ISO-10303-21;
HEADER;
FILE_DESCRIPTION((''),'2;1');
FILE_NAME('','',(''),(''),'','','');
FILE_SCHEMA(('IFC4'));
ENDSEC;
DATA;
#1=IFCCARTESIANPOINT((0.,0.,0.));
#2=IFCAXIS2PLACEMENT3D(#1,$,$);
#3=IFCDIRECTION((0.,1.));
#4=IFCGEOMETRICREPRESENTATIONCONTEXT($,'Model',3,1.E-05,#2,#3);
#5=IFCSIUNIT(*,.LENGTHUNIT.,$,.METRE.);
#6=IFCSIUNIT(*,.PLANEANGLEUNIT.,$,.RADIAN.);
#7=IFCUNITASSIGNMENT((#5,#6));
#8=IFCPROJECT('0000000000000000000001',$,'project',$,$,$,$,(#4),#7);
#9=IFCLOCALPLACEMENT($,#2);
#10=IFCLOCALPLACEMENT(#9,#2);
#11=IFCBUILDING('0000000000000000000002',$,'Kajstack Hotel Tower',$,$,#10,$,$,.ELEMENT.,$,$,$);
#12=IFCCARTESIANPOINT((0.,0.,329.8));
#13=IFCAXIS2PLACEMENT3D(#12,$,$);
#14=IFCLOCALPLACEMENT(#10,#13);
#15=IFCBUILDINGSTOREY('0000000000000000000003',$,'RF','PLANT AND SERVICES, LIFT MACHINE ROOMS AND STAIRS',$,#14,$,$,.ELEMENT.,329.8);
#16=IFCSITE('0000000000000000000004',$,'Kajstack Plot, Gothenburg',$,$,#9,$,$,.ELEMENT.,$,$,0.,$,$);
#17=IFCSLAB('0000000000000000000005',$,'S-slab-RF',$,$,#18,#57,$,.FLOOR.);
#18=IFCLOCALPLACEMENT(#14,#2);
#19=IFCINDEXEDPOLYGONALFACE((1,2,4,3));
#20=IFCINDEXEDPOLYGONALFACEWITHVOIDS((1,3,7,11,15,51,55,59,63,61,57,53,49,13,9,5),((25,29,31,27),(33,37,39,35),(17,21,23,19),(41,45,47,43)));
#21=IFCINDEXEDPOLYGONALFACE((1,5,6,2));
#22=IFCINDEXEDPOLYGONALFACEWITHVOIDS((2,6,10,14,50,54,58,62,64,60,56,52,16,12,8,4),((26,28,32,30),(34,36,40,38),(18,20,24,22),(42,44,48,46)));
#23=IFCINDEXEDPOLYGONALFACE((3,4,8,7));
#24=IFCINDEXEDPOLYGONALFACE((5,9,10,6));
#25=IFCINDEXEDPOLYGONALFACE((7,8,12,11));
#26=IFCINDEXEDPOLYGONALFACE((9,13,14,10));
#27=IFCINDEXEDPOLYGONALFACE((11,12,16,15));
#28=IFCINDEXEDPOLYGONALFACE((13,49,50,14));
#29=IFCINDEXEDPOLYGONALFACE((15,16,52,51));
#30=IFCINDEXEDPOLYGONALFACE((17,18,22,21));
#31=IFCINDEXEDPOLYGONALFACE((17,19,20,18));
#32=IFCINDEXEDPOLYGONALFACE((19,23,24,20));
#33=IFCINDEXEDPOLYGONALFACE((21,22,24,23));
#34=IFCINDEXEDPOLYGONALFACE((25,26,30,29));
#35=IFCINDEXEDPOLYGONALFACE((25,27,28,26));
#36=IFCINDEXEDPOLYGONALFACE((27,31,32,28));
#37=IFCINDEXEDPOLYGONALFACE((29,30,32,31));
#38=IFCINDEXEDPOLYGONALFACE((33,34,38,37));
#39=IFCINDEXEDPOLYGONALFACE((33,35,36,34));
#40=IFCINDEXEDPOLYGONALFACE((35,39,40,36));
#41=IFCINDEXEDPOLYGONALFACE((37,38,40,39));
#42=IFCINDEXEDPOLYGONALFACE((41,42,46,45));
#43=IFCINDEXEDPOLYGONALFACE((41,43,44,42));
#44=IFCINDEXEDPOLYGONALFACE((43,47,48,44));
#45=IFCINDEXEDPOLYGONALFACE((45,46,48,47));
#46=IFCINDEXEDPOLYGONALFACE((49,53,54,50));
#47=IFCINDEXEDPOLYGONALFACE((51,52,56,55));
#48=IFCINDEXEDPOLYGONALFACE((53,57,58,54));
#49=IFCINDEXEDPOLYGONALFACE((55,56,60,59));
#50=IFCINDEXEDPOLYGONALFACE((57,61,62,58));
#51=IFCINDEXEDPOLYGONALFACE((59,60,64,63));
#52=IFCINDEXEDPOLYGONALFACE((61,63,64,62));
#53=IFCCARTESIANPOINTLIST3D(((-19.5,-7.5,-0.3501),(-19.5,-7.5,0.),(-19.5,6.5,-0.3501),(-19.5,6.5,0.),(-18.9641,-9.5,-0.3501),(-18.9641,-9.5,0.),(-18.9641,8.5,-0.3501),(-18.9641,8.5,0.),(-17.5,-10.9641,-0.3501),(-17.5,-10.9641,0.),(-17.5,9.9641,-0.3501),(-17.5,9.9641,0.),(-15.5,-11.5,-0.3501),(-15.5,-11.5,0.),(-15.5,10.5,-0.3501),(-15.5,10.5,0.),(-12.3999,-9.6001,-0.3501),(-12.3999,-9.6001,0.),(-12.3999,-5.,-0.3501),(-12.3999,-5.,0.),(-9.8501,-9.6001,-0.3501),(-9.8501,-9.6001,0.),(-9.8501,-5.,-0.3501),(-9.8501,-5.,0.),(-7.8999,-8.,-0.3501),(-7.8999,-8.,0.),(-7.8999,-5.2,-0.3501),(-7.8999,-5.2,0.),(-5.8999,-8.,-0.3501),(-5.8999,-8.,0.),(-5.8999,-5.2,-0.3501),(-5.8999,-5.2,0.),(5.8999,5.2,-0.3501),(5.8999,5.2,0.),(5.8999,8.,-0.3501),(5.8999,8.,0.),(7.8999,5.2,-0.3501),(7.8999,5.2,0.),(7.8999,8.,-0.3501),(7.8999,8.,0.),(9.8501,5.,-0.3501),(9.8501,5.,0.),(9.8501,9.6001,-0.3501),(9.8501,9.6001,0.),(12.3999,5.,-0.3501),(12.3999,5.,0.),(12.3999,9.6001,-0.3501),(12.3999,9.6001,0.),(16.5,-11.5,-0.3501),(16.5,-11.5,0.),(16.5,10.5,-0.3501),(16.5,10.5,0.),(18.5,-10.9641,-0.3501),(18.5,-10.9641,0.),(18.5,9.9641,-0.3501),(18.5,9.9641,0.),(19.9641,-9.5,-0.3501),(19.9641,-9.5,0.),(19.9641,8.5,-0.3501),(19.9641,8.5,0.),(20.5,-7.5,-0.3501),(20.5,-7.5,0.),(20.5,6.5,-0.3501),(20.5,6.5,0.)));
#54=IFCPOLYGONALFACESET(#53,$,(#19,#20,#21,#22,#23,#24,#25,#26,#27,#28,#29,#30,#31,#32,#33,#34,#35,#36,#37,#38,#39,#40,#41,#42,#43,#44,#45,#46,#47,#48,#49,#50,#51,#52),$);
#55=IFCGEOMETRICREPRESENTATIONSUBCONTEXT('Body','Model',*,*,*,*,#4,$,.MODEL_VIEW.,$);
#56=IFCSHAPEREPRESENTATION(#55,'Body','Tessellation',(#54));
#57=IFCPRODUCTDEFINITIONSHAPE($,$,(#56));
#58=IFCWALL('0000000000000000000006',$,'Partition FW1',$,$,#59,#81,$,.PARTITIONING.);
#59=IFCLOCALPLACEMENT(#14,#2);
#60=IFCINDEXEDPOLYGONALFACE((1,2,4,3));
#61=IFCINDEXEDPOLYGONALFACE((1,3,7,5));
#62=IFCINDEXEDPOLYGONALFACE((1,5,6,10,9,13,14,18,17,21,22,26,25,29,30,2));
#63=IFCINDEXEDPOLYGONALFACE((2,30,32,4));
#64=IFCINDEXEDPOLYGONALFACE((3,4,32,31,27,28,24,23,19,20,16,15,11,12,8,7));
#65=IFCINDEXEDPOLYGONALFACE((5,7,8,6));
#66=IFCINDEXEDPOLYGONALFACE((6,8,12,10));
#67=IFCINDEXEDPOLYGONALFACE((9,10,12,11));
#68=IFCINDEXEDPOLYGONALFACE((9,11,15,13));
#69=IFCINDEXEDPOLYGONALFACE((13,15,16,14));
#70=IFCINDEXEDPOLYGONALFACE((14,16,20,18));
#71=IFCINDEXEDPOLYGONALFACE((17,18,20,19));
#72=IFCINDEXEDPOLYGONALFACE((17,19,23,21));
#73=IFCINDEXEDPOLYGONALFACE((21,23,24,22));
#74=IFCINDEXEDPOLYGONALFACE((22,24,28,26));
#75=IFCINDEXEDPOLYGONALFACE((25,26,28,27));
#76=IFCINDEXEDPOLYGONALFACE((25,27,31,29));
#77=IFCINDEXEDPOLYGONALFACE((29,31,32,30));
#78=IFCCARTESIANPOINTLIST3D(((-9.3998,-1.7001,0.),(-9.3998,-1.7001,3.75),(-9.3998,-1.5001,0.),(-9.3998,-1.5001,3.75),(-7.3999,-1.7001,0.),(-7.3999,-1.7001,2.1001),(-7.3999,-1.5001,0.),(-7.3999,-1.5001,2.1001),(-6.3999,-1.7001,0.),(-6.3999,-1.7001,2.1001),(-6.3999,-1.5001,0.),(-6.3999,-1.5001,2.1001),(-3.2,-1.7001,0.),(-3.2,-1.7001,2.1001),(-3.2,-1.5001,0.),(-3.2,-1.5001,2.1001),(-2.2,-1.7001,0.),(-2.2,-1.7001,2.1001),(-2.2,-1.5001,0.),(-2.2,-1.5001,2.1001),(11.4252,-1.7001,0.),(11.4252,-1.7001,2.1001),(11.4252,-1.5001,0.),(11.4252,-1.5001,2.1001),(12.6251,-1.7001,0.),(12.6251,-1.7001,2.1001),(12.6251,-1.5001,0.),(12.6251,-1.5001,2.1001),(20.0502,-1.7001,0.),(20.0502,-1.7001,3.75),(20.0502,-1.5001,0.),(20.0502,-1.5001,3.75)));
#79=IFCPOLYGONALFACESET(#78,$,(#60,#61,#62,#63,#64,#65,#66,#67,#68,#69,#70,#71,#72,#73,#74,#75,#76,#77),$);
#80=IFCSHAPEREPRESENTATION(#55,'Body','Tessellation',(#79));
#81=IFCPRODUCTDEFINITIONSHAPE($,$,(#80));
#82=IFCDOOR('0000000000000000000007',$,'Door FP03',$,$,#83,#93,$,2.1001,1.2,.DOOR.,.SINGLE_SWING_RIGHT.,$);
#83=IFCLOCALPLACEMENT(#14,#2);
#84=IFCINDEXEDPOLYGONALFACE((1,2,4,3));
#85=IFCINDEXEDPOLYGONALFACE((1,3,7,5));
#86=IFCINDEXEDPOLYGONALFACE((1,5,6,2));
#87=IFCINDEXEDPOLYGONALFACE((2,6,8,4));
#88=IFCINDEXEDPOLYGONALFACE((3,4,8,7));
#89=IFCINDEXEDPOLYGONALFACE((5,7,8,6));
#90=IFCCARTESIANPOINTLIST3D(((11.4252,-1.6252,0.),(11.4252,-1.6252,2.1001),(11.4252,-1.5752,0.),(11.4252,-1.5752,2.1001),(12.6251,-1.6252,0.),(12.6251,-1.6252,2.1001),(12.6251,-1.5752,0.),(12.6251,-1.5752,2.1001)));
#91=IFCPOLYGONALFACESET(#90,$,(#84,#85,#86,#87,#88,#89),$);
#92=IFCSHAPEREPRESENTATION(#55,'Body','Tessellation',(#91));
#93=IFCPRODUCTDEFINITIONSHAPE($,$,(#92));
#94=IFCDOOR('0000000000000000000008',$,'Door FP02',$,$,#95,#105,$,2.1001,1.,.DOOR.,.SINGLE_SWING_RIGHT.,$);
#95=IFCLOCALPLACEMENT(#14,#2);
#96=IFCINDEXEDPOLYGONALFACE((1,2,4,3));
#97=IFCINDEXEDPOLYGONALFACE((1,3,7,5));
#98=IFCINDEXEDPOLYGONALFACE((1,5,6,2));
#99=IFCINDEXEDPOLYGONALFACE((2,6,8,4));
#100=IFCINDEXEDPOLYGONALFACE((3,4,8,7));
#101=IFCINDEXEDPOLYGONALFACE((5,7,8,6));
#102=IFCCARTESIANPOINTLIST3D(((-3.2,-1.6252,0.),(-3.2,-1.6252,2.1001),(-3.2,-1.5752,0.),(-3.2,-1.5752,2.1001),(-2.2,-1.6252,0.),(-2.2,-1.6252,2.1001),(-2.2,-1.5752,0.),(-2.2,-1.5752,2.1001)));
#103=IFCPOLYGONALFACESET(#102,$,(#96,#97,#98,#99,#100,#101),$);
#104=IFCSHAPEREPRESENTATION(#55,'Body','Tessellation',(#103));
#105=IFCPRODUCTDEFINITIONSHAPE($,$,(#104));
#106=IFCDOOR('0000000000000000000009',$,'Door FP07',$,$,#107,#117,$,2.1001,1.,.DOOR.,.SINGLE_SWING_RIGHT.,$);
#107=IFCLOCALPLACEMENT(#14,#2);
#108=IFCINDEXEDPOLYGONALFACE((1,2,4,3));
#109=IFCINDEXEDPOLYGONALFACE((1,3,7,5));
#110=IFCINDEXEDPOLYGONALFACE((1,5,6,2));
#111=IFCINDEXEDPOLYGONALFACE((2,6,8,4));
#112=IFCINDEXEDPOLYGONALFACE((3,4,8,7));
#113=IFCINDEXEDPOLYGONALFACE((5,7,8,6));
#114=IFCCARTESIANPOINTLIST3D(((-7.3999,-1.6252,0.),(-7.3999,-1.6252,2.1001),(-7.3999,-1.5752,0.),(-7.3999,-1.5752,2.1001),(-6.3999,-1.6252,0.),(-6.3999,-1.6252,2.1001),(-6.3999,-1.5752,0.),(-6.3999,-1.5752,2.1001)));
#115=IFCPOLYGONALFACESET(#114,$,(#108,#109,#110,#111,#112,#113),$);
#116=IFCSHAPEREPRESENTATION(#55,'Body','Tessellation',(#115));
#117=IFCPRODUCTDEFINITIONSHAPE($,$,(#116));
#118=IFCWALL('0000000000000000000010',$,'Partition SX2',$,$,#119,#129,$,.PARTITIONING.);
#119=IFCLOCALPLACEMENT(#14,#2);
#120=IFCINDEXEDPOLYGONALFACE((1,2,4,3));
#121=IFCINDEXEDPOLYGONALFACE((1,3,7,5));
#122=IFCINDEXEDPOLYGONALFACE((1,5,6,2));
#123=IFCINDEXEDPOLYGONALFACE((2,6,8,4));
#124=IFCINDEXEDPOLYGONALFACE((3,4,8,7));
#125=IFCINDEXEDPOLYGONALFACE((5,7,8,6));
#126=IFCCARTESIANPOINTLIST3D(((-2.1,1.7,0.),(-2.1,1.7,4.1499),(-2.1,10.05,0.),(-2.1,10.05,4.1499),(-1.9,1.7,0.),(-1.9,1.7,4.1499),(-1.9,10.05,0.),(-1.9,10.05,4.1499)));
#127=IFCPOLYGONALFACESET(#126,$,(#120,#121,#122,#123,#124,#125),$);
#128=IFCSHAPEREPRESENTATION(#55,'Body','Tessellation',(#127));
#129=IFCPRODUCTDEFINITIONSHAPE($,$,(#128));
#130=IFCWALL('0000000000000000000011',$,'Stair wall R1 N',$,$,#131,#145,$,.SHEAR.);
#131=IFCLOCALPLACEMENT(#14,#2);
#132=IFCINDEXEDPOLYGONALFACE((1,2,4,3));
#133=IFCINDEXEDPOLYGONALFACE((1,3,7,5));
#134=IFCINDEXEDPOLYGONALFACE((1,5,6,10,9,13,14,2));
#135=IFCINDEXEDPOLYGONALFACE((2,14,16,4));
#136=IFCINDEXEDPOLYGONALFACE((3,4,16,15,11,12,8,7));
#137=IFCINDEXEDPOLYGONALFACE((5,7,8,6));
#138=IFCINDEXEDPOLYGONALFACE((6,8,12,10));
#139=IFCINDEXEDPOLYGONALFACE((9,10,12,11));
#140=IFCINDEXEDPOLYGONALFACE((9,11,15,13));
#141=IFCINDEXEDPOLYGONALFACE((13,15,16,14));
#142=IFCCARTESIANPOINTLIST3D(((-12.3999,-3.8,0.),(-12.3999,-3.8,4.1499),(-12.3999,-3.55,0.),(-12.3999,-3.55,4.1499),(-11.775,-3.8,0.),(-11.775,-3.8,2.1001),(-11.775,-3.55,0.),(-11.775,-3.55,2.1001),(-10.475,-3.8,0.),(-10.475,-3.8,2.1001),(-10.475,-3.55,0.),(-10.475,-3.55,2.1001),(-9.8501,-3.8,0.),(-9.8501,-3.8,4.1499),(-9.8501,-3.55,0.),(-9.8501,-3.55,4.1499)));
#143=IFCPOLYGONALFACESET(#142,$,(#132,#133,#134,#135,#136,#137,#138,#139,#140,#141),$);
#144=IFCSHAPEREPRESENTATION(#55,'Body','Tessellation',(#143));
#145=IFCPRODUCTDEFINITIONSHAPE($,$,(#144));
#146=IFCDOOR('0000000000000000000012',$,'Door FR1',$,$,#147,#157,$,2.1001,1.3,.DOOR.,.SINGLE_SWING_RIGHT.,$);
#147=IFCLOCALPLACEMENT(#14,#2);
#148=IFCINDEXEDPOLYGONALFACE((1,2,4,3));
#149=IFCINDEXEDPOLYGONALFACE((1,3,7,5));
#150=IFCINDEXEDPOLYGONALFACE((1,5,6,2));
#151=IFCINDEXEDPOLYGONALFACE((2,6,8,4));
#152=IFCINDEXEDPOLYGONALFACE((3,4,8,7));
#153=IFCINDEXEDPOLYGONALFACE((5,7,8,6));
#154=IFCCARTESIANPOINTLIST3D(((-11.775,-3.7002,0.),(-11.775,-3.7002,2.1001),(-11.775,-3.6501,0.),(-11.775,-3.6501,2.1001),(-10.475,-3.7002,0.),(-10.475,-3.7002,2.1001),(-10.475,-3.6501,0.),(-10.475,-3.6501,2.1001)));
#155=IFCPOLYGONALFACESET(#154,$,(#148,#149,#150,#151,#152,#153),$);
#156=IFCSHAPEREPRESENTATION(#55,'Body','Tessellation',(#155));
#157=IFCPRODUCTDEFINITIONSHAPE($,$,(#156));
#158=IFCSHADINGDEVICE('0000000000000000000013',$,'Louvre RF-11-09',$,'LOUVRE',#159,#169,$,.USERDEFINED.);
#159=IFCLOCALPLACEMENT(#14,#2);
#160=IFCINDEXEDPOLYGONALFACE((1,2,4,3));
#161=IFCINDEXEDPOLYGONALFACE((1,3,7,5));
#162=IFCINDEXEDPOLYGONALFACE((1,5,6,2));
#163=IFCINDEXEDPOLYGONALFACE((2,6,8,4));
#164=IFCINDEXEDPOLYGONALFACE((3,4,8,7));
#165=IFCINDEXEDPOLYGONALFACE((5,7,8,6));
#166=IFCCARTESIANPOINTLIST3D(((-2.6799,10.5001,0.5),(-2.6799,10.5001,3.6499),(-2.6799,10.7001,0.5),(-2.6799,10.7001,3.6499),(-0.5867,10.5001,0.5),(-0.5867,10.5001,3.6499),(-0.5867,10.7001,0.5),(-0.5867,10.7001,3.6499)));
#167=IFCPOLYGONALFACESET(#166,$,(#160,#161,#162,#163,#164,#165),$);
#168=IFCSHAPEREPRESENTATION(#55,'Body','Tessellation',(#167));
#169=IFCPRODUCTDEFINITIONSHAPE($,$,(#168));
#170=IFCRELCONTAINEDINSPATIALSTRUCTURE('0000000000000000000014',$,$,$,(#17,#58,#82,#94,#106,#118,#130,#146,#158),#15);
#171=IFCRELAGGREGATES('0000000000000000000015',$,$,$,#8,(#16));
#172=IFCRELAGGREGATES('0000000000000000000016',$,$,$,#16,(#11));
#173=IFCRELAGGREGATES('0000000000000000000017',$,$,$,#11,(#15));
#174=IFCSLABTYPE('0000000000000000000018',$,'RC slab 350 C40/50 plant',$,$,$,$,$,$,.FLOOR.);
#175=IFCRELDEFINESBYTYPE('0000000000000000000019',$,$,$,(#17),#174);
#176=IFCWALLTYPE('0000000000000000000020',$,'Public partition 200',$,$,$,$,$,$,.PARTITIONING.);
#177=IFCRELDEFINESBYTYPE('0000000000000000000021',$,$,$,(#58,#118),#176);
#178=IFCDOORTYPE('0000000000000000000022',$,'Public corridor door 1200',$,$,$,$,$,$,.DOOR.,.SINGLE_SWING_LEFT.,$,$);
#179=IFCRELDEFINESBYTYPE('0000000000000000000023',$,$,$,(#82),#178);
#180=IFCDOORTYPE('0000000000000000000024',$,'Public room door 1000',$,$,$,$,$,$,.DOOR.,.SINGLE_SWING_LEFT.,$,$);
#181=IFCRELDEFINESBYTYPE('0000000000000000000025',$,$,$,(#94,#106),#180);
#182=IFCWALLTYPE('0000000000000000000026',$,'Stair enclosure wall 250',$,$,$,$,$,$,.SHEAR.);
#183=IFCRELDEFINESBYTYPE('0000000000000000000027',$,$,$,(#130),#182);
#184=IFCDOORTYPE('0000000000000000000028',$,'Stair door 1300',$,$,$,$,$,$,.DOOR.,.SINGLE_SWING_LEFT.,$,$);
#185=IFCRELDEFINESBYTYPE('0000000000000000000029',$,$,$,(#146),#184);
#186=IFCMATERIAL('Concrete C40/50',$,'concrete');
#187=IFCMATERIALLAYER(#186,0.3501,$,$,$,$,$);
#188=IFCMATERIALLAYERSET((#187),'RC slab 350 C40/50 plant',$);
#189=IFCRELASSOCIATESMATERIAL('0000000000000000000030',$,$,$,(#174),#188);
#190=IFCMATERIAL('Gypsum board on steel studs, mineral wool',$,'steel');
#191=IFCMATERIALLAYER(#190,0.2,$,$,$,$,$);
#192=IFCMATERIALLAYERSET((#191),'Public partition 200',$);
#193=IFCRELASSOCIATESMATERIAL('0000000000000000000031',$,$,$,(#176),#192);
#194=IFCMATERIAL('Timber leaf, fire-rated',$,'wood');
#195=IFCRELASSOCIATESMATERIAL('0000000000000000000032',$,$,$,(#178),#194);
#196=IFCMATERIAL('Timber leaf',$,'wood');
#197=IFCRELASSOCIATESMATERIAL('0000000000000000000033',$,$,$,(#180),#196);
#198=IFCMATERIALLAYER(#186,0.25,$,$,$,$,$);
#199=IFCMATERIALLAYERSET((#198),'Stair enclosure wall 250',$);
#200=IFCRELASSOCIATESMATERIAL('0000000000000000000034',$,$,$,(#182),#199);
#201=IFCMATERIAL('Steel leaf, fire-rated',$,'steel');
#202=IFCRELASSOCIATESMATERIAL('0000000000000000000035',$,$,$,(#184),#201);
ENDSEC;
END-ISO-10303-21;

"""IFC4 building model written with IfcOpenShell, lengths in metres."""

from ifc_helpers import new_model, si_unit, direction, frame, frame_2d, origin, origin_2d, place, context, subcontext, project, spatial, polyline, rectangle, outline, extrude, material, layer, layer_set, type_object, element, fill, save


model = new_model("IFC4")

# Units and contexts
model_context = context("Model", 3, precision=1e-05, world=origin(), true_north=direction((0.0, 1.0)))
body_context = subcontext(model_context, "Body", "Model", "MODEL_VIEW")
ifc_project = project(units=[si_unit("LENGTHUNIT", "METRE"), si_unit("PLANEANGLEUNIT", "RADIAN")], contexts=[model_context])

# Site, building, storey
site_placement = place(None, origin())
site = spatial("IfcSite", under=ifc_project, at=site_placement, Name="Kajstack Plot, Gothenburg", CompositionType="ELEMENT", RefElevation=0.0)
building_placement = place(site_placement, origin())
building = spatial("IfcBuilding", under=site, at=building_placement, Name="Kajstack Hotel Tower", CompositionType="ELEMENT")
storey_placement = place(building_placement, frame((0.0, 0.0, 329.8)))
storey = spatial("IfcBuildingStorey", under=building, at=storey_placement, Name="RF", Description="PLANT AND SERVICES, LIFT MACHINE ROOMS AND STAIRS", CompositionType="ELEMENT", Elevation=329.8)

# Slab
ifc_material_1 = material(Name="Concrete C40/50", Category="concrete")
ifc_layer_1 = layer(ifc_material_1, 0.3501)
ifc_layer_set_1 = layer_set([ifc_layer_1], Name="RC slab 350 C40/50 plant")
slab_type = type_object("IfcSlabType", Name="RC slab 350 C40/50 plant", PredefinedType="FLOOR", material=ifc_layer_set_1)
slab_placement = place(storey_placement, frame((0.0, 0.0, -0.3501)))
element("IfcSlab", 1, at=slab_placement, inside=storey, type_object=slab_type, Name="S-slab-RF", PredefinedType="FLOOR", context=body_context, shape_type="SweptSolid", body=[
    extrude(outline(polyline([(-19.5, -7.5), (-18.9641, -9.5), (-17.5, -10.9641), (-15.5, -11.5), (16.5, -11.5), (18.5, -10.9641), (19.9641, -9.5), (20.5, -7.5), (20.5, 6.5), (19.9641, 8.5), (18.5, 9.9641), (16.5, 10.5), (-15.5, 10.5), (-17.5, 9.9641), (-18.9641, 8.5), (-19.5, 6.5), (-19.5, -7.5)]), holes=[polyline([(-7.8999, -8.0), (-5.8999, -8.0), (-5.8999, -5.2), (-7.8999, -5.2), (-7.8999, -8.0)]), polyline([(7.8999, 8.0), (5.8999, 8.0), (5.8999, 5.2), (7.8999, 5.2), (7.8999, 8.0)]), polyline([(-12.3999, -9.6001), (-9.8501, -9.6001), (-9.8501, -5.0), (-12.3999, -5.0), (-12.3999, -9.6001)]), polyline([(9.8501, 5.0), (12.3999, 5.0), (12.3999, 9.6001), (9.8501, 9.6001), (9.8501, 5.0)])]), origin(), (0.0, 0.0, 1.0), 0.3501),
])

# Wall, openings, doors
ifc_material_2 = material(Name="Gypsum board on steel studs, mineral wool", Category="steel")
ifc_layer_2 = layer(ifc_material_2, 0.2)
ifc_layer_set_2 = layer_set([ifc_layer_2], Name="Public partition 200")
wall_type_1 = type_object("IfcWallType", Name="Public partition 200", PredefinedType="PARTITIONING", material=ifc_layer_set_2)
wall_1_placement = place(storey_placement, frame((-9.3999, -1.6001, 0.0), z_axis=(0.0, 0.0, 1.0), x_axis=(1.0, 0.0, 0.0)))
wall_1 = element("IfcWall", 2, at=wall_1_placement, inside=storey, type_object=wall_type_1, Name="Partition FW1", PredefinedType="PARTITIONING", context=body_context, shape_type="SweptSolid", body=[
    extrude(rectangle(XDim=29.45, YDim=0.2, at=frame_2d((14.7251, 0.0))), origin(), (0.0, 0.0, 1.0), 3.75),
])
opening_1_placement = place(wall_1_placement, frame((6.2, 0.0, 0.0)))
opening_1 = element("IfcOpeningElement", 3, at=opening_1_placement, cuts=wall_1, PredefinedType="OPENING", context=body_context, shape_type="SweptSolid", body=[
    extrude(rectangle(XDim=1.0, YDim=2.1001, at=frame_2d((0.5, 1.05))), frame((0.0, 0.1099, 0.0), z_axis=(0.0, -1.0, 0.0), x_axis=(1.0, 0.0, 0.0)), (0.0, 0.0, 1.0), 0.22),
])
opening_2_placement = place(wall_1_placement, frame((20.825, 0.0, 0.0)))
opening_2 = element("IfcOpeningElement", 4, at=opening_2_placement, cuts=wall_1, PredefinedType="OPENING", context=body_context, shape_type="SweptSolid", body=[
    extrude(rectangle(XDim=1.2, YDim=2.1001, at=frame_2d((0.6001, 1.05))), frame((0.0, 0.1099, 0.0), z_axis=(0.0, -1.0, 0.0), x_axis=(1.0, 0.0, 0.0)), (0.0, 0.0, 1.0), 0.22),
])
opening_3_placement = place(wall_1_placement, frame((2.0, 0.0, 0.0)))
opening_3 = element("IfcOpeningElement", 5, at=opening_3_placement, cuts=wall_1, PredefinedType="OPENING", context=body_context, shape_type="SweptSolid", body=[
    extrude(rectangle(XDim=1.0, YDim=2.1001, at=frame_2d((0.5, 1.05))), frame((0.0, 0.1099, 0.0), z_axis=(0.0, -1.0, 0.0), x_axis=(1.0, 0.0, 0.0)), (0.0, 0.0, 1.0), 0.22),
])
ifc_material_3 = material(Name="Timber leaf, fire-rated", Category="wood")
door_type_1 = type_object("IfcDoorType", Name="Public corridor door 1200", OperationType="SINGLE_SWING_LEFT", PredefinedType="DOOR", material=ifc_material_3)
door_1_placement = place(opening_2_placement, origin())
door_1 = element("IfcDoor", 6, at=door_1_placement, inside=storey, type_object=door_type_1, Name="Door FP03", OperationType="SINGLE_SWING_RIGHT", OverallHeight=2.1001, OverallWidth=1.2, PredefinedType="DOOR", context=body_context, shape_type="SweptSolid", body=[
    extrude(rectangle(XDim=1.2, YDim=2.1001, at=frame_2d((0.6001, 1.05))), frame((0.0, 0.0249, 0.0), z_axis=(0.0, -1.0, 0.0), x_axis=(1.0, 0.0, 0.0)), (0.0, 0.0, 1.0), 0.05),
])
fill(opening_2, door_1)
ifc_material_4 = material(Name="Timber leaf", Category="wood")
door_type_2 = type_object("IfcDoorType", Name="Public room door 1000", OperationType="SINGLE_SWING_LEFT", PredefinedType="DOOR", material=ifc_material_4)
door_2_placement = place(opening_1_placement, origin())
door_2 = element("IfcDoor", 7, at=door_2_placement, inside=storey, type_object=door_type_2, Name="Door FP02", OperationType="SINGLE_SWING_RIGHT", OverallHeight=2.1001, OverallWidth=1.0, PredefinedType="DOOR", context=body_context, shape_type="SweptSolid", body=[
    extrude(rectangle(XDim=1.0, YDim=2.1001, at=frame_2d((0.5, 1.05))), frame((0.0, 0.0249, 0.0), z_axis=(0.0, -1.0, 0.0), x_axis=(1.0, 0.0, 0.0)), (0.0, 0.0, 1.0), 0.05),
])
fill(opening_1, door_2)
door_3_placement = place(opening_3_placement, origin())
door_3 = element("IfcDoor", 8, at=door_3_placement, inside=storey, type_object=door_type_2, Name="Door FP07", OperationType="SINGLE_SWING_RIGHT", OverallHeight=2.1001, OverallWidth=1.0, PredefinedType="DOOR", context=body_context, shape_type="SweptSolid", body=[
    extrude(rectangle(XDim=1.0, YDim=2.1001, at=frame_2d((0.5, 1.05))), frame((0.0, 0.0249, 0.0), z_axis=(0.0, -1.0, 0.0), x_axis=(1.0, 0.0, 0.0)), (0.0, 0.0, 1.0), 0.05),
])
fill(opening_3, door_3)

# Wall
wall_2_placement = place(storey_placement, frame((-2.0, 1.7, 0.0), z_axis=(0.0, 0.0, 1.0), x_axis=(0.0, 1.0, 0.0)))
element("IfcWall", 9, at=wall_2_placement, inside=storey, type_object=wall_type_1, Name="Partition SX2", PredefinedType="PARTITIONING", context=body_context, shape_type="SweptSolid", body=[
    extrude(rectangle(XDim=8.3501, YDim=0.2, at=frame_2d((4.175, 0.0))), origin(), (0.0, 0.0, 1.0), 4.1499),
])

# Wall, opening, door
ifc_layer_3 = layer(ifc_material_1, 0.25)
ifc_layer_set_3 = layer_set([ifc_layer_3], Name="Stair enclosure wall 250")
wall_type_2 = type_object("IfcWallType", Name="Stair enclosure wall 250", PredefinedType="SHEAR", material=ifc_layer_set_3)
wall_3_placement = place(storey_placement, frame((-12.3999, -3.675, 0.0), z_axis=(0.0, 0.0, 1.0), x_axis=(1.0, 0.0, 0.0)))
wall_3 = element("IfcWall", 10, at=wall_3_placement, inside=storey, type_object=wall_type_2, Name="Stair wall R1 N", PredefinedType="SHEAR", context=body_context, shape_type="SweptSolid", body=[
    extrude(rectangle(XDim=2.5498, YDim=0.25, at=frame_2d((1.2749, 0.0))), origin(), (0.0, 0.0, 1.0), 4.1499),
])
opening_4_placement = place(wall_3_placement, frame((0.625, 0.0, 0.0)))
opening_4 = element("IfcOpeningElement", 11, at=opening_4_placement, cuts=wall_3, PredefinedType="OPENING", context=body_context, shape_type="SweptSolid", body=[
    extrude(rectangle(XDim=1.3, YDim=2.1001, at=frame_2d((0.6499, 1.05))), frame((0.0, 0.135, 0.0), z_axis=(0.0, -1.0, 0.0), x_axis=(1.0, 0.0, 0.0)), (0.0, 0.0, 1.0), 0.27),
])
ifc_material_5 = material(Name="Steel leaf, fire-rated", Category="steel")
door_type_3 = type_object("IfcDoorType", Name="Stair door 1300", OperationType="SINGLE_SWING_LEFT", PredefinedType="DOOR", material=ifc_material_5)
door_4_placement = place(opening_4_placement, origin())
door_4 = element("IfcDoor", 12, at=door_4_placement, inside=storey, type_object=door_type_3, Name="Door FR1", OperationType="SINGLE_SWING_RIGHT", OverallHeight=2.1001, OverallWidth=1.3, PredefinedType="DOOR", context=body_context, shape_type="SweptSolid", body=[
    extrude(rectangle(XDim=1.3, YDim=2.1001, at=frame_2d((0.6499, 1.05))), frame((0.0, 0.0249, 0.0), z_axis=(0.0, -1.0, 0.0), x_axis=(1.0, 0.0, 0.0)), (0.0, 0.0, 1.0), 0.05),
])
fill(opening_4, door_4)

# Shading device
for number, where, z_axis, x_axis, name in (
    (13, (-1.6333, 10.6001, 0.5), (0.0, 0.0, 1.0), (-1.0, 0.0, 0.0), "Louvre RF-11-09"),
):
    element("IfcShadingDevice", number, at=place(storey_placement, frame(where, z_axis=z_axis, x_axis=x_axis)), inside=storey, Name=name, ObjectType="LOUVRE", PredefinedType="USERDEFINED", context=body_context, shape_type="SweptSolid", body=[
        extrude(rectangle(XDim=2.0933, YDim=0.2, at=origin_2d()), origin(), (0.0, 0.0, 1.0), 3.1499),
    ])

save(model, "model.ifc")
